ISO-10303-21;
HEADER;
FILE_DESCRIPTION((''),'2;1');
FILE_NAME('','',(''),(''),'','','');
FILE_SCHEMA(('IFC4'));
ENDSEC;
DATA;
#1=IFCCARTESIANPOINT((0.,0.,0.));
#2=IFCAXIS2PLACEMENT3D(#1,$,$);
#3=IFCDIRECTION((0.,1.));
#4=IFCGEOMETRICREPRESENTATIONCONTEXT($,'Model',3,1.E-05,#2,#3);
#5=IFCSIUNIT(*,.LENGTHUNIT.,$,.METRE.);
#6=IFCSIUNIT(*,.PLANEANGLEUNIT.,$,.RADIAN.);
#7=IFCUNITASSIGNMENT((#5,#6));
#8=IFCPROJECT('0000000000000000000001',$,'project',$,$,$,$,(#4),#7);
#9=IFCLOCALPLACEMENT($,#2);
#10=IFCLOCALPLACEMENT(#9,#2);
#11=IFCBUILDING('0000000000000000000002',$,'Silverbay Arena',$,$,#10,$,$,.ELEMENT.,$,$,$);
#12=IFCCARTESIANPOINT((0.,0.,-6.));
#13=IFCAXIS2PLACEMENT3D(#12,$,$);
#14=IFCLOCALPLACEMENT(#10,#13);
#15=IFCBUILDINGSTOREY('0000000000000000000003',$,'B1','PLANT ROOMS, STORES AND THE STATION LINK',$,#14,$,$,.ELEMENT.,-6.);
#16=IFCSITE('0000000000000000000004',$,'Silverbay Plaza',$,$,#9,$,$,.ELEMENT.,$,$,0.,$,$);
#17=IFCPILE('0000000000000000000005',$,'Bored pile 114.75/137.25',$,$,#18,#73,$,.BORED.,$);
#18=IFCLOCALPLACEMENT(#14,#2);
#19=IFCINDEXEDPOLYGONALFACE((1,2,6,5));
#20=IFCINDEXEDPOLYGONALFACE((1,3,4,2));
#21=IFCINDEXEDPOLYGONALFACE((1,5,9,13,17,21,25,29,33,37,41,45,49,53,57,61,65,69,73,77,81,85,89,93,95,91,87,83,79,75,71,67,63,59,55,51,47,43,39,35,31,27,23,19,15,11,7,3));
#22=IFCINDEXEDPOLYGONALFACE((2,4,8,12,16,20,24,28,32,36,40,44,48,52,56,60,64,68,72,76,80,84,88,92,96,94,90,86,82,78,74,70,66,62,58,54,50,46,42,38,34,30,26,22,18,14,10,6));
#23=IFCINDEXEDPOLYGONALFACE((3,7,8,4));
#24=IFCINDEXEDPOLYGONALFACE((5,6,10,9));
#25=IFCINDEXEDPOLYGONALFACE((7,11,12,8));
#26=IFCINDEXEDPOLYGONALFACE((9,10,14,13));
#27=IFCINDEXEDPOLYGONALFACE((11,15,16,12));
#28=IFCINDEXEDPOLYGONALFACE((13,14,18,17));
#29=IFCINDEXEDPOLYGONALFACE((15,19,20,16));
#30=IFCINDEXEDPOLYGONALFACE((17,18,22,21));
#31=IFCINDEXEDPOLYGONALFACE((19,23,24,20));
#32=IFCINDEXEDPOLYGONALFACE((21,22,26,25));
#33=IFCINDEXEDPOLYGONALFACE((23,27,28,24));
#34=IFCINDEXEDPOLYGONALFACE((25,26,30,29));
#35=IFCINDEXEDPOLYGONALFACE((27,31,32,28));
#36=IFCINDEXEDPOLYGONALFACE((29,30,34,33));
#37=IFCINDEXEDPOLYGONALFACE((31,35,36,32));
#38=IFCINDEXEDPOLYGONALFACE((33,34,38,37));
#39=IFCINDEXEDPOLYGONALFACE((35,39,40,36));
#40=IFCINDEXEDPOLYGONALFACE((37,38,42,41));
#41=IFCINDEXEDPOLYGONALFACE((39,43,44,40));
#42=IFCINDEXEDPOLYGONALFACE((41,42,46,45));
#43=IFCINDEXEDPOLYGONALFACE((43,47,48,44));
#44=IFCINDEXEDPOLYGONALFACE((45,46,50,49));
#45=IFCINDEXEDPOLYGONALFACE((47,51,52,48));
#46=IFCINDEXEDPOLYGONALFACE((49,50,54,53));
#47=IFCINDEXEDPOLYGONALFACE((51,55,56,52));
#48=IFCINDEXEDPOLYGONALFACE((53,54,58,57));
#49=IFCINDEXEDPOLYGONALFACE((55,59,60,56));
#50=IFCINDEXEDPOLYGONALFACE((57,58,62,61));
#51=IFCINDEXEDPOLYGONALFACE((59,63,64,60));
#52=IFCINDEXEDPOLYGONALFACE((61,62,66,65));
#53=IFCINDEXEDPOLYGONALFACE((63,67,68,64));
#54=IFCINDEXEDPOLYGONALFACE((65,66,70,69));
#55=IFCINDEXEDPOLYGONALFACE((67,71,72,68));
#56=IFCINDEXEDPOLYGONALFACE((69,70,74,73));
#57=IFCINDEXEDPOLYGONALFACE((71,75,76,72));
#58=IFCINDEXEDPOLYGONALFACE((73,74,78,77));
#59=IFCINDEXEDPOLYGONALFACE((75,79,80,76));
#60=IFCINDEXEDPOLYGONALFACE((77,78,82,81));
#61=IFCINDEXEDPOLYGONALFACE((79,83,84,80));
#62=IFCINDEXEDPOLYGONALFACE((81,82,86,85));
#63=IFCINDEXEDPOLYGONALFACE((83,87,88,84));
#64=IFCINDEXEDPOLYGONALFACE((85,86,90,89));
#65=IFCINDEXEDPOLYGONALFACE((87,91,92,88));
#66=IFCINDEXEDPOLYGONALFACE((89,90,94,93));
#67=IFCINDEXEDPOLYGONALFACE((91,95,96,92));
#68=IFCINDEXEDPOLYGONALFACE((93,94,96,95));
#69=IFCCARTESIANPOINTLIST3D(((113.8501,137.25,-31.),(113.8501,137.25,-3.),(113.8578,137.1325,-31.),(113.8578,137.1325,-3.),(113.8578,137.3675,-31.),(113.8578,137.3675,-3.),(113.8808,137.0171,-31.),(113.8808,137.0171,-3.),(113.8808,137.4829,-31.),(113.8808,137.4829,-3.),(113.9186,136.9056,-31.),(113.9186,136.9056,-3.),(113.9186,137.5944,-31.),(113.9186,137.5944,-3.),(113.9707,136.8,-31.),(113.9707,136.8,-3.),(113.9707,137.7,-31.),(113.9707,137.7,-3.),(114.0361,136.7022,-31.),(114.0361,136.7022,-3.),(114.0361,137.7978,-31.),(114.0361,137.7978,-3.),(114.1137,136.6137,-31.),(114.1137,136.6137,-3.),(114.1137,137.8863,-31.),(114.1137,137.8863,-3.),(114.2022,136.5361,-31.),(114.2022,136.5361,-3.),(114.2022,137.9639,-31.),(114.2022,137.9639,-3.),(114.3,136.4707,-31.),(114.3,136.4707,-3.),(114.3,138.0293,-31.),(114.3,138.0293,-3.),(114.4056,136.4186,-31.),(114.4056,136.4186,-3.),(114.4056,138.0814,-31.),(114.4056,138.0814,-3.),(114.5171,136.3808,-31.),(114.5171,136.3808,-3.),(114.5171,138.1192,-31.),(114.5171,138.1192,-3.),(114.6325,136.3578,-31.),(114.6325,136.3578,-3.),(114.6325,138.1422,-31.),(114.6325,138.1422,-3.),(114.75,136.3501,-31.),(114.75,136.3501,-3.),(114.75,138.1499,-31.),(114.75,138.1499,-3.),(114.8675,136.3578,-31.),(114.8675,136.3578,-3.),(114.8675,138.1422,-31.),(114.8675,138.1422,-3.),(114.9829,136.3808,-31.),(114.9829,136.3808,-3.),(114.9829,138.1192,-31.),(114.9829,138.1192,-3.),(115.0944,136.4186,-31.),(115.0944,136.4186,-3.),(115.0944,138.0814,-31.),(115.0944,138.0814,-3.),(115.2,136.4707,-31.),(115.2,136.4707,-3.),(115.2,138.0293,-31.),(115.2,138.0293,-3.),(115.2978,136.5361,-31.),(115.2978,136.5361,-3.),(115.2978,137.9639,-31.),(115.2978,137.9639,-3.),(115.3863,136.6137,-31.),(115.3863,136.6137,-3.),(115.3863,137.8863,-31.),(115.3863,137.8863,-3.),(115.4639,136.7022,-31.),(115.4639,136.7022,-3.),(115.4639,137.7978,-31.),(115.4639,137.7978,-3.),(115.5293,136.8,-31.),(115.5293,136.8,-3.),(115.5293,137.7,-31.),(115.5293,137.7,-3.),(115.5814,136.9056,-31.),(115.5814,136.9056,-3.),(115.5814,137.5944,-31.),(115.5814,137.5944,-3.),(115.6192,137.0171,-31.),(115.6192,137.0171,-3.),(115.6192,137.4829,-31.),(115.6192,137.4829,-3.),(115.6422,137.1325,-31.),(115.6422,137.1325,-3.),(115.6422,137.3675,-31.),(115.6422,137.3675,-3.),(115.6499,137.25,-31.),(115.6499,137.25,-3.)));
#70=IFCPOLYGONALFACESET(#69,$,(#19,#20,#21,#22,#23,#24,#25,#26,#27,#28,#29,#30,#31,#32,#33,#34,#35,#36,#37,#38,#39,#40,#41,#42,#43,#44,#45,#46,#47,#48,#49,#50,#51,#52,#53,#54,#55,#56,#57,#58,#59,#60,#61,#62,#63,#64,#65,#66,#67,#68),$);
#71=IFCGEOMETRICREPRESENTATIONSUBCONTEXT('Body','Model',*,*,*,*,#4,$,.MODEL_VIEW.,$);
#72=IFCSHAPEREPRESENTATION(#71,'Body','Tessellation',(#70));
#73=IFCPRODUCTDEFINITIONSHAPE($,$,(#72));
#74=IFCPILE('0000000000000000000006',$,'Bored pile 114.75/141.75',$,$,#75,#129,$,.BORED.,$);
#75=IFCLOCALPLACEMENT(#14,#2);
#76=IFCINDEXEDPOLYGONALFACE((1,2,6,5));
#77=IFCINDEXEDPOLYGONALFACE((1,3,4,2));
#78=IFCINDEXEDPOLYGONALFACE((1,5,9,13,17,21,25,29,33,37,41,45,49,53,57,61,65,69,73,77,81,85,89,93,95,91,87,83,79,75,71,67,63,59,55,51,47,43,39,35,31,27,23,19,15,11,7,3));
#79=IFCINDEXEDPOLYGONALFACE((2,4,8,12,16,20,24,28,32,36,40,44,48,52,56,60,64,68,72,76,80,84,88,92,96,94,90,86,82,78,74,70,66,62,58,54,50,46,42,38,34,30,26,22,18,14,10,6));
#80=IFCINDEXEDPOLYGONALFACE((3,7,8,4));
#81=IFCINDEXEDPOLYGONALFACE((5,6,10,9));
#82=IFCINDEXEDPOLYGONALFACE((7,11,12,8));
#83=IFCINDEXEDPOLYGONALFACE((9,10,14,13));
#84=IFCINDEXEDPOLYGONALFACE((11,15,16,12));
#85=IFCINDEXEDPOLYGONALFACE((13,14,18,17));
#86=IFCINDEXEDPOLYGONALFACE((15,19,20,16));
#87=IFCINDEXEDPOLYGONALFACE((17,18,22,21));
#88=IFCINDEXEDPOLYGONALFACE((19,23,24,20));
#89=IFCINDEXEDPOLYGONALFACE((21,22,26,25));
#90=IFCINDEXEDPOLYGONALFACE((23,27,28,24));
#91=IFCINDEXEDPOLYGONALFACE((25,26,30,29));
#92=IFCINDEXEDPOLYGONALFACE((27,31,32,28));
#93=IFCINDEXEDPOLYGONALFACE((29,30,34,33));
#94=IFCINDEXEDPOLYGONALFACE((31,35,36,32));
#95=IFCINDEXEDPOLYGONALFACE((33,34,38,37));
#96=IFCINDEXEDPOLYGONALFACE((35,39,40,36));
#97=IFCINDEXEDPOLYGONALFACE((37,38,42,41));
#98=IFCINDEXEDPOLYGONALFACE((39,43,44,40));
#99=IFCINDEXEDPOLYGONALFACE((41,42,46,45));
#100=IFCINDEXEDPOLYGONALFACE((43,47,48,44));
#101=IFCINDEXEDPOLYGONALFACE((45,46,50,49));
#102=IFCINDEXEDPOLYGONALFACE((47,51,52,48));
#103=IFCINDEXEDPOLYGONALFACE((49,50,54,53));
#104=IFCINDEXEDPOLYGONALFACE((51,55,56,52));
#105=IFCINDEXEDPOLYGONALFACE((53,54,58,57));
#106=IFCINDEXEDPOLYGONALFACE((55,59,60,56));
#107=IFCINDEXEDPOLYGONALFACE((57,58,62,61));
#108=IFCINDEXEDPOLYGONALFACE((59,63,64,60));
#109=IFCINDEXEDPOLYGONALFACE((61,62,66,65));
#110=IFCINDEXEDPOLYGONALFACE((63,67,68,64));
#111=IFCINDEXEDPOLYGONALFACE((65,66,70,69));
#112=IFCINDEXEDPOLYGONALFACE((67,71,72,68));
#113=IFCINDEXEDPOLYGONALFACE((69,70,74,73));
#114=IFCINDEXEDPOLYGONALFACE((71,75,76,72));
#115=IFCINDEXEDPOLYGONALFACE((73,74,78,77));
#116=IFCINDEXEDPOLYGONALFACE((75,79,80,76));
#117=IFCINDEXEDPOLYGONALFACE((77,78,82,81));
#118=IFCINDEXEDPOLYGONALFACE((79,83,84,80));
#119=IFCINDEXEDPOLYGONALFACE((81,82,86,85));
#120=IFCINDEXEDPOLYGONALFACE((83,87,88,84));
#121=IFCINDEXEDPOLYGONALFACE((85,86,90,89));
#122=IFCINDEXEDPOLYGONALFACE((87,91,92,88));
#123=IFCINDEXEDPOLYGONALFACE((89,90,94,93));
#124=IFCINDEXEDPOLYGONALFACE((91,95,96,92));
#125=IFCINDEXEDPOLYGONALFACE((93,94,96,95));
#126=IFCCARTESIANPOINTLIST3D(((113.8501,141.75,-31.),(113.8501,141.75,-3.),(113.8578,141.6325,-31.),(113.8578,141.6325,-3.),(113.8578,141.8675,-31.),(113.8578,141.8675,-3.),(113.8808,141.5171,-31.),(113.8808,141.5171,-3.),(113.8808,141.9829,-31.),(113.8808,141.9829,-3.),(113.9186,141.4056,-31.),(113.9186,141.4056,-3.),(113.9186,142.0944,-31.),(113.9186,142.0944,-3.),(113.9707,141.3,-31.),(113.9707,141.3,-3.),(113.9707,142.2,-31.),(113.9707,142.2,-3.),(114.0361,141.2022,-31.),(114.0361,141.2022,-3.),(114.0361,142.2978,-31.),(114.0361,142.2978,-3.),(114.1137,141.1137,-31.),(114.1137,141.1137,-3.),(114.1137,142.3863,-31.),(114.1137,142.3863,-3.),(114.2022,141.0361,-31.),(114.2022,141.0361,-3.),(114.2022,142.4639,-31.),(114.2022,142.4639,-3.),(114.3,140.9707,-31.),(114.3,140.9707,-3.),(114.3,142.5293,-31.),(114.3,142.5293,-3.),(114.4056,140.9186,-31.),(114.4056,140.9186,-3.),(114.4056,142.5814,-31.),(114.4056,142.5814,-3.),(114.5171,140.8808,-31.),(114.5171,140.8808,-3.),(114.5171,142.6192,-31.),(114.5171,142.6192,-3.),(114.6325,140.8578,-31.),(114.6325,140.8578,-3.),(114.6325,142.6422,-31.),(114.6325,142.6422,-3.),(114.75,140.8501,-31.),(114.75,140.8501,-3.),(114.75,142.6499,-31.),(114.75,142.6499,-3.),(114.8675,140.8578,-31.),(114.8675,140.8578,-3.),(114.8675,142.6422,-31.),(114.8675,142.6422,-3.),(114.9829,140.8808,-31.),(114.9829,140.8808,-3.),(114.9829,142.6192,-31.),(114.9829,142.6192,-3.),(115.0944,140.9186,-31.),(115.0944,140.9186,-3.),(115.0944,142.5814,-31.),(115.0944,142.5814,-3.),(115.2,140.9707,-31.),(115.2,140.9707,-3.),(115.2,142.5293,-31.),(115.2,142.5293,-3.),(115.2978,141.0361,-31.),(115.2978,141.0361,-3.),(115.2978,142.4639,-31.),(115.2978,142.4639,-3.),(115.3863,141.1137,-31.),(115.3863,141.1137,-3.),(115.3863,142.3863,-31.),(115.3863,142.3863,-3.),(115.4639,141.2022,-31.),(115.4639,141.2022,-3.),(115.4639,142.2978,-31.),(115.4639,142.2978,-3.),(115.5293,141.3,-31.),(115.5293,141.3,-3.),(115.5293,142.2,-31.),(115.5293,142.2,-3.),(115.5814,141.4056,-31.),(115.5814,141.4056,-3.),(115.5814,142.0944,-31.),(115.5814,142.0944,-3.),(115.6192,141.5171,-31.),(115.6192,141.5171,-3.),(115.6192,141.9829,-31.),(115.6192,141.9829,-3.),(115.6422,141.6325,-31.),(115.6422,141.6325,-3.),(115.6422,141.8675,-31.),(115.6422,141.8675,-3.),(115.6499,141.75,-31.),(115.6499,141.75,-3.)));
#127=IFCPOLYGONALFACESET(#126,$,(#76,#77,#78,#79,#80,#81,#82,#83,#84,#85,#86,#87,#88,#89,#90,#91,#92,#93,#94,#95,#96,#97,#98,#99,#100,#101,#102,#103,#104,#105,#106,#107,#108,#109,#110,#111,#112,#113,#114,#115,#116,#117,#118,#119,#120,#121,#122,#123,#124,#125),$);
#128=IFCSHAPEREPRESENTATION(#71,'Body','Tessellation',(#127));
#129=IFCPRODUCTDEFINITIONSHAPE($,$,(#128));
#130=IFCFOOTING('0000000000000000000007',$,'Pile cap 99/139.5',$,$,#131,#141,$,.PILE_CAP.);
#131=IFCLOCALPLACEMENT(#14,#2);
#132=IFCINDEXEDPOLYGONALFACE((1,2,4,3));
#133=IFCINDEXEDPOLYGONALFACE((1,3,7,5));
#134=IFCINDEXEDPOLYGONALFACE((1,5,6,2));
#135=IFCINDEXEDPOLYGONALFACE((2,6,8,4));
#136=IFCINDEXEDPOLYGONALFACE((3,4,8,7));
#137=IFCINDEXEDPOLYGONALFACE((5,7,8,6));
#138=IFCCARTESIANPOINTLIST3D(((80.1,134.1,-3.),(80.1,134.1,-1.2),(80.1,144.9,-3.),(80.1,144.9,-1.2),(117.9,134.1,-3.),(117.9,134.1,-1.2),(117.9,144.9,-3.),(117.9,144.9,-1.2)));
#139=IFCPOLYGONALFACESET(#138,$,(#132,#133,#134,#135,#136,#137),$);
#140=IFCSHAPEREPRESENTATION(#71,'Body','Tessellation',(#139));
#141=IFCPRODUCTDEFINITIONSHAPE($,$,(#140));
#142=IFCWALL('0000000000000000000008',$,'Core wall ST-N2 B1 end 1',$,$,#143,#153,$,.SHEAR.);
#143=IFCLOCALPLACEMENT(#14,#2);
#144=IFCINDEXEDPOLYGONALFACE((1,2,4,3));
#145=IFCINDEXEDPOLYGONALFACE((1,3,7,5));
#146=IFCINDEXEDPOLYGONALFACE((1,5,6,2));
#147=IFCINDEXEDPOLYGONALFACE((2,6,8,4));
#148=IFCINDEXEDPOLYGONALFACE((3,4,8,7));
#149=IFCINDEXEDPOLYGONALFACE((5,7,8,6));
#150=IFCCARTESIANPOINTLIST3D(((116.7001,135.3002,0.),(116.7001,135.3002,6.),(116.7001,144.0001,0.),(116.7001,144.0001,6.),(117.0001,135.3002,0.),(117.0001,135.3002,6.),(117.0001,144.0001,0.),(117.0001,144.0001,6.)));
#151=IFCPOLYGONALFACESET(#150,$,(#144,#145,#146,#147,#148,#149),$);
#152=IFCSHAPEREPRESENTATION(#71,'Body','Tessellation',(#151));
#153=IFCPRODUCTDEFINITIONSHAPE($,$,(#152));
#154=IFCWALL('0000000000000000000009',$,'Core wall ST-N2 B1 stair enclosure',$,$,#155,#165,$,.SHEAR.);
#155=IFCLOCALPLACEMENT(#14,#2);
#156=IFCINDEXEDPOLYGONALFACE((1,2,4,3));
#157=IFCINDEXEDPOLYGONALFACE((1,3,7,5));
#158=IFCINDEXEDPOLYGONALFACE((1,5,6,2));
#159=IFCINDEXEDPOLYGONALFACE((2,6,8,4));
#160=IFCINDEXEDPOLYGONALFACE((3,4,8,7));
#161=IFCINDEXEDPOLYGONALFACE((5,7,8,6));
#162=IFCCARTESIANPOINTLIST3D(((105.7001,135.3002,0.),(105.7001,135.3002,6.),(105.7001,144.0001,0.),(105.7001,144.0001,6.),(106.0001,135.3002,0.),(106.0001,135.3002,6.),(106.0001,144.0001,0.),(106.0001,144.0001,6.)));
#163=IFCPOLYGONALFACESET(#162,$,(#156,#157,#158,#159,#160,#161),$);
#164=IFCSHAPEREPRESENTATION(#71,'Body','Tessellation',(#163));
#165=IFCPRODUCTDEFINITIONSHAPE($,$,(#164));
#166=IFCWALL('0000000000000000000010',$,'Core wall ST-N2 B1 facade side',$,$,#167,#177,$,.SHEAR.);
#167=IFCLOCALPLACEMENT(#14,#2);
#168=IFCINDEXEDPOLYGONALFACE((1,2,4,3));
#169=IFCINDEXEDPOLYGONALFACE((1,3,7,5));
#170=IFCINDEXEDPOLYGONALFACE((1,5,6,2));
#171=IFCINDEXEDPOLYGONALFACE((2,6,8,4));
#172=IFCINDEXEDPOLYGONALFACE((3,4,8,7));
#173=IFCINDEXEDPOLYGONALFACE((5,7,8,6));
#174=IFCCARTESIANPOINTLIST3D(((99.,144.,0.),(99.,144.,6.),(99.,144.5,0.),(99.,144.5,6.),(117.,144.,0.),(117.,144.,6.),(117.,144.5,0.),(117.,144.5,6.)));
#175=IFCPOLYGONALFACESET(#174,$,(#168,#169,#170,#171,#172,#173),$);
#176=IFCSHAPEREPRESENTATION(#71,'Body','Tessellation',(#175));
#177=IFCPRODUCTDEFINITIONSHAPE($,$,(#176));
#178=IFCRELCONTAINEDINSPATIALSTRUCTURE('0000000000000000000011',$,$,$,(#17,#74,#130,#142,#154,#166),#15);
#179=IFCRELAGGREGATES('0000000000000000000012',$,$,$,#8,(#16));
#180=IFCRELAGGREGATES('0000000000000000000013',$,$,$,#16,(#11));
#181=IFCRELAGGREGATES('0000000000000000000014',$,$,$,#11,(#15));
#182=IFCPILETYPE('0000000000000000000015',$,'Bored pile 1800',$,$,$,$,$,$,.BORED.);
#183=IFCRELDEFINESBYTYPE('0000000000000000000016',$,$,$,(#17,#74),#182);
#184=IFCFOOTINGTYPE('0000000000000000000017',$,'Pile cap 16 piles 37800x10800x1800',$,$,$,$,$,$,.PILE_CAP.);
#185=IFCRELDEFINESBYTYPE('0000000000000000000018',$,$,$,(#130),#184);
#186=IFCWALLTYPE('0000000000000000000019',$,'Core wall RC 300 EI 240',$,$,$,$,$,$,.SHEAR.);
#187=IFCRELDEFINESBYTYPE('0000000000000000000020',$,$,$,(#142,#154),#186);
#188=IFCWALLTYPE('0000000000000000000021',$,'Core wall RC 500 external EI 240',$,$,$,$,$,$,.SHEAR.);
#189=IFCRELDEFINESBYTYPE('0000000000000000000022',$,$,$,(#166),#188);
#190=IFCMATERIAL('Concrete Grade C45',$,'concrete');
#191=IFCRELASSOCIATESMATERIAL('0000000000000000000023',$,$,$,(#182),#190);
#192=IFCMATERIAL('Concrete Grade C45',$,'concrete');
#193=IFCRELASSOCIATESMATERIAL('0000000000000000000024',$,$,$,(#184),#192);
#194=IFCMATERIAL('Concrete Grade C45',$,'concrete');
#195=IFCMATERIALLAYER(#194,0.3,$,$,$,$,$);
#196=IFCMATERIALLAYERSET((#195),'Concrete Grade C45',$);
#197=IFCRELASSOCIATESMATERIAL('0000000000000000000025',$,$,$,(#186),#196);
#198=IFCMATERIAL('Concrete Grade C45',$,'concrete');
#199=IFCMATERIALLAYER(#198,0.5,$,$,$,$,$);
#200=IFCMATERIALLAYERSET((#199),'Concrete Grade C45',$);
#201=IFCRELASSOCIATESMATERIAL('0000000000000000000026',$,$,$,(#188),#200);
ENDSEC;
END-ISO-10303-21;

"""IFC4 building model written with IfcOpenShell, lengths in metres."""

from ifc_helpers import new_model, si_unit, direction, frame, frame_2d, origin, origin_2d, place, context, subcontext, project, spatial, rectangle, circle, extrude, material, layer, layer_set, material_profile, profile_set, type_object, element, save


model = new_model("IFC4")

# Units and contexts
model_context = context("Model", 3, precision=1e-05, world=origin(), true_north=direction((0.0, 1.0)))
body_context = subcontext(model_context, "Body", "Model", "MODEL_VIEW")
ifc_project = project(units=[si_unit("LENGTHUNIT", "METRE"), si_unit("PLANEANGLEUNIT", "RADIAN")], contexts=[model_context])

# Site, building, storey
site_placement = place(None, origin())
site = spatial("IfcSite", under=ifc_project, at=site_placement, Name="Silverbay Plaza", CompositionType="ELEMENT", RefElevation=0.0)
building_placement = place(site_placement, origin())
building = spatial("IfcBuilding", under=site, at=building_placement, Name="Silverbay Arena", CompositionType="ELEMENT")
storey_placement = place(building_placement, frame((0.0, 0.0, -6.0)))
storey = spatial("IfcBuildingStorey", under=building, at=storey_placement, Name="B1", Description="PLANT ROOMS, STORES AND THE STATION LINK", CompositionType="ELEMENT", Elevation=-6.0)

# Piles
ifc_material_1 = material(Name="Concrete Grade C45", Category="concrete")
ifc_material_profile = material_profile(ifc_material_1, circle(Radius=0.8999, at=origin_2d()), Name="Bored pile 1800")
ifc_profile_set = profile_set([ifc_material_profile], Name="Concrete Grade C45")
pile_type = type_object("IfcPileType", Name="Bored pile 1800", PredefinedType="BORED", material=ifc_profile_set)
for number, where, z_axis, x_axis, name in (
    (1, (114.75, 137.25, -3.0), (0.0, 0.0, -1.0), (1.0, 0.0, 0.0), "Bored pile 114.75/137.25"),
    (2, (114.75, 141.75, -3.0), (0.0, 0.0, -1.0), (1.0, 0.0, 0.0), "Bored pile 114.75/141.75"),
):
    element("IfcPile", number, at=place(storey_placement, frame(where, z_axis=z_axis, x_axis=x_axis)), inside=storey, type_object=pile_type, Name=name, PredefinedType="BORED", context=body_context, shape_type="SweptSolid", body=[
        extrude(circle(Radius=0.8999, at=origin_2d()), origin(), (0.0, 0.0, 1.0), 28.0),
    ])

# Footing
ifc_material_2 = material(Name="Concrete Grade C45", Category="concrete")
footing_type = type_object("IfcFootingType", Name="Pile cap 16 piles 37800x10800x1800", PredefinedType="PILE_CAP", material=ifc_material_2)
footing_placement = place(storey_placement, frame((99.0, 139.5, -3.0), z_axis=(0.0, 0.0, 1.0), x_axis=(1.0, 0.0, 0.0)))
element("IfcFooting", 3, at=footing_placement, inside=storey, type_object=footing_type, Name="Pile cap 99/139.5", PredefinedType="PILE_CAP", context=body_context, shape_type="SweptSolid", body=[
    extrude(rectangle(XDim=37.8, YDim=10.8, at=origin_2d()), origin(), (0.0, 0.0, 1.0), 1.8),
])

# Walls
ifc_material_3 = material(Name="Concrete Grade C45", Category="concrete")
ifc_layer_1 = layer(ifc_material_3, 0.3)
ifc_layer_set_1 = layer_set([ifc_layer_1], Name="Concrete Grade C45")
wall_type_1 = type_object("IfcWallType", Name="Core wall RC 300 EI 240", PredefinedType="SHEAR", material=ifc_layer_set_1)
for number, where, z_axis, x_axis, name in (
    (4, (116.8501, 135.3, 0.0), (0.0, 0.0, 1.0), (0.0, 1.0, 0.0), "Core wall ST-N2 B1 end 1"),
    (5, (105.8501, 135.3, 0.0), (0.0, 0.0, 1.0), (0.0, 1.0, 0.0), "Core wall ST-N2 B1 stair enclosure"),
):
    element("IfcWall", number, at=place(storey_placement, frame(where, z_axis=z_axis, x_axis=x_axis)), inside=storey, type_object=wall_type_1, Name=name, PredefinedType="SHEAR", context=body_context, shape_type="SweptSolid", body=[
        extrude(rectangle(XDim=8.7, YDim=0.3, at=frame_2d((4.3501, 0.0))), origin(), (0.0, 0.0, 1.0), 6.0),
    ])
ifc_material_4 = material(Name="Concrete Grade C45", Category="concrete")
ifc_layer_2 = layer(ifc_material_4, 0.5)
ifc_layer_set_2 = layer_set([ifc_layer_2], Name="Concrete Grade C45")
wall_type_2 = type_object("IfcWallType", Name="Core wall RC 500 external EI 240", PredefinedType="SHEAR", material=ifc_layer_set_2)
wall_1_placement = place(storey_placement, frame((117.0, 144.25, 0.0), z_axis=(0.0, 0.0, 1.0), x_axis=(-1.0, 0.0, 0.0)))
element("IfcWall", 6, at=wall_1_placement, inside=storey, type_object=wall_type_2, Name="Core wall ST-N2 B1 facade side", PredefinedType="SHEAR", context=body_context, shape_type="SweptSolid", body=[
    extrude(rectangle(XDim=18.0, YDim=0.5, at=frame_2d((9.0, 0.0))), origin(), (0.0, 0.0, 1.0), 6.0),
])

save(model, "model.ifc")
